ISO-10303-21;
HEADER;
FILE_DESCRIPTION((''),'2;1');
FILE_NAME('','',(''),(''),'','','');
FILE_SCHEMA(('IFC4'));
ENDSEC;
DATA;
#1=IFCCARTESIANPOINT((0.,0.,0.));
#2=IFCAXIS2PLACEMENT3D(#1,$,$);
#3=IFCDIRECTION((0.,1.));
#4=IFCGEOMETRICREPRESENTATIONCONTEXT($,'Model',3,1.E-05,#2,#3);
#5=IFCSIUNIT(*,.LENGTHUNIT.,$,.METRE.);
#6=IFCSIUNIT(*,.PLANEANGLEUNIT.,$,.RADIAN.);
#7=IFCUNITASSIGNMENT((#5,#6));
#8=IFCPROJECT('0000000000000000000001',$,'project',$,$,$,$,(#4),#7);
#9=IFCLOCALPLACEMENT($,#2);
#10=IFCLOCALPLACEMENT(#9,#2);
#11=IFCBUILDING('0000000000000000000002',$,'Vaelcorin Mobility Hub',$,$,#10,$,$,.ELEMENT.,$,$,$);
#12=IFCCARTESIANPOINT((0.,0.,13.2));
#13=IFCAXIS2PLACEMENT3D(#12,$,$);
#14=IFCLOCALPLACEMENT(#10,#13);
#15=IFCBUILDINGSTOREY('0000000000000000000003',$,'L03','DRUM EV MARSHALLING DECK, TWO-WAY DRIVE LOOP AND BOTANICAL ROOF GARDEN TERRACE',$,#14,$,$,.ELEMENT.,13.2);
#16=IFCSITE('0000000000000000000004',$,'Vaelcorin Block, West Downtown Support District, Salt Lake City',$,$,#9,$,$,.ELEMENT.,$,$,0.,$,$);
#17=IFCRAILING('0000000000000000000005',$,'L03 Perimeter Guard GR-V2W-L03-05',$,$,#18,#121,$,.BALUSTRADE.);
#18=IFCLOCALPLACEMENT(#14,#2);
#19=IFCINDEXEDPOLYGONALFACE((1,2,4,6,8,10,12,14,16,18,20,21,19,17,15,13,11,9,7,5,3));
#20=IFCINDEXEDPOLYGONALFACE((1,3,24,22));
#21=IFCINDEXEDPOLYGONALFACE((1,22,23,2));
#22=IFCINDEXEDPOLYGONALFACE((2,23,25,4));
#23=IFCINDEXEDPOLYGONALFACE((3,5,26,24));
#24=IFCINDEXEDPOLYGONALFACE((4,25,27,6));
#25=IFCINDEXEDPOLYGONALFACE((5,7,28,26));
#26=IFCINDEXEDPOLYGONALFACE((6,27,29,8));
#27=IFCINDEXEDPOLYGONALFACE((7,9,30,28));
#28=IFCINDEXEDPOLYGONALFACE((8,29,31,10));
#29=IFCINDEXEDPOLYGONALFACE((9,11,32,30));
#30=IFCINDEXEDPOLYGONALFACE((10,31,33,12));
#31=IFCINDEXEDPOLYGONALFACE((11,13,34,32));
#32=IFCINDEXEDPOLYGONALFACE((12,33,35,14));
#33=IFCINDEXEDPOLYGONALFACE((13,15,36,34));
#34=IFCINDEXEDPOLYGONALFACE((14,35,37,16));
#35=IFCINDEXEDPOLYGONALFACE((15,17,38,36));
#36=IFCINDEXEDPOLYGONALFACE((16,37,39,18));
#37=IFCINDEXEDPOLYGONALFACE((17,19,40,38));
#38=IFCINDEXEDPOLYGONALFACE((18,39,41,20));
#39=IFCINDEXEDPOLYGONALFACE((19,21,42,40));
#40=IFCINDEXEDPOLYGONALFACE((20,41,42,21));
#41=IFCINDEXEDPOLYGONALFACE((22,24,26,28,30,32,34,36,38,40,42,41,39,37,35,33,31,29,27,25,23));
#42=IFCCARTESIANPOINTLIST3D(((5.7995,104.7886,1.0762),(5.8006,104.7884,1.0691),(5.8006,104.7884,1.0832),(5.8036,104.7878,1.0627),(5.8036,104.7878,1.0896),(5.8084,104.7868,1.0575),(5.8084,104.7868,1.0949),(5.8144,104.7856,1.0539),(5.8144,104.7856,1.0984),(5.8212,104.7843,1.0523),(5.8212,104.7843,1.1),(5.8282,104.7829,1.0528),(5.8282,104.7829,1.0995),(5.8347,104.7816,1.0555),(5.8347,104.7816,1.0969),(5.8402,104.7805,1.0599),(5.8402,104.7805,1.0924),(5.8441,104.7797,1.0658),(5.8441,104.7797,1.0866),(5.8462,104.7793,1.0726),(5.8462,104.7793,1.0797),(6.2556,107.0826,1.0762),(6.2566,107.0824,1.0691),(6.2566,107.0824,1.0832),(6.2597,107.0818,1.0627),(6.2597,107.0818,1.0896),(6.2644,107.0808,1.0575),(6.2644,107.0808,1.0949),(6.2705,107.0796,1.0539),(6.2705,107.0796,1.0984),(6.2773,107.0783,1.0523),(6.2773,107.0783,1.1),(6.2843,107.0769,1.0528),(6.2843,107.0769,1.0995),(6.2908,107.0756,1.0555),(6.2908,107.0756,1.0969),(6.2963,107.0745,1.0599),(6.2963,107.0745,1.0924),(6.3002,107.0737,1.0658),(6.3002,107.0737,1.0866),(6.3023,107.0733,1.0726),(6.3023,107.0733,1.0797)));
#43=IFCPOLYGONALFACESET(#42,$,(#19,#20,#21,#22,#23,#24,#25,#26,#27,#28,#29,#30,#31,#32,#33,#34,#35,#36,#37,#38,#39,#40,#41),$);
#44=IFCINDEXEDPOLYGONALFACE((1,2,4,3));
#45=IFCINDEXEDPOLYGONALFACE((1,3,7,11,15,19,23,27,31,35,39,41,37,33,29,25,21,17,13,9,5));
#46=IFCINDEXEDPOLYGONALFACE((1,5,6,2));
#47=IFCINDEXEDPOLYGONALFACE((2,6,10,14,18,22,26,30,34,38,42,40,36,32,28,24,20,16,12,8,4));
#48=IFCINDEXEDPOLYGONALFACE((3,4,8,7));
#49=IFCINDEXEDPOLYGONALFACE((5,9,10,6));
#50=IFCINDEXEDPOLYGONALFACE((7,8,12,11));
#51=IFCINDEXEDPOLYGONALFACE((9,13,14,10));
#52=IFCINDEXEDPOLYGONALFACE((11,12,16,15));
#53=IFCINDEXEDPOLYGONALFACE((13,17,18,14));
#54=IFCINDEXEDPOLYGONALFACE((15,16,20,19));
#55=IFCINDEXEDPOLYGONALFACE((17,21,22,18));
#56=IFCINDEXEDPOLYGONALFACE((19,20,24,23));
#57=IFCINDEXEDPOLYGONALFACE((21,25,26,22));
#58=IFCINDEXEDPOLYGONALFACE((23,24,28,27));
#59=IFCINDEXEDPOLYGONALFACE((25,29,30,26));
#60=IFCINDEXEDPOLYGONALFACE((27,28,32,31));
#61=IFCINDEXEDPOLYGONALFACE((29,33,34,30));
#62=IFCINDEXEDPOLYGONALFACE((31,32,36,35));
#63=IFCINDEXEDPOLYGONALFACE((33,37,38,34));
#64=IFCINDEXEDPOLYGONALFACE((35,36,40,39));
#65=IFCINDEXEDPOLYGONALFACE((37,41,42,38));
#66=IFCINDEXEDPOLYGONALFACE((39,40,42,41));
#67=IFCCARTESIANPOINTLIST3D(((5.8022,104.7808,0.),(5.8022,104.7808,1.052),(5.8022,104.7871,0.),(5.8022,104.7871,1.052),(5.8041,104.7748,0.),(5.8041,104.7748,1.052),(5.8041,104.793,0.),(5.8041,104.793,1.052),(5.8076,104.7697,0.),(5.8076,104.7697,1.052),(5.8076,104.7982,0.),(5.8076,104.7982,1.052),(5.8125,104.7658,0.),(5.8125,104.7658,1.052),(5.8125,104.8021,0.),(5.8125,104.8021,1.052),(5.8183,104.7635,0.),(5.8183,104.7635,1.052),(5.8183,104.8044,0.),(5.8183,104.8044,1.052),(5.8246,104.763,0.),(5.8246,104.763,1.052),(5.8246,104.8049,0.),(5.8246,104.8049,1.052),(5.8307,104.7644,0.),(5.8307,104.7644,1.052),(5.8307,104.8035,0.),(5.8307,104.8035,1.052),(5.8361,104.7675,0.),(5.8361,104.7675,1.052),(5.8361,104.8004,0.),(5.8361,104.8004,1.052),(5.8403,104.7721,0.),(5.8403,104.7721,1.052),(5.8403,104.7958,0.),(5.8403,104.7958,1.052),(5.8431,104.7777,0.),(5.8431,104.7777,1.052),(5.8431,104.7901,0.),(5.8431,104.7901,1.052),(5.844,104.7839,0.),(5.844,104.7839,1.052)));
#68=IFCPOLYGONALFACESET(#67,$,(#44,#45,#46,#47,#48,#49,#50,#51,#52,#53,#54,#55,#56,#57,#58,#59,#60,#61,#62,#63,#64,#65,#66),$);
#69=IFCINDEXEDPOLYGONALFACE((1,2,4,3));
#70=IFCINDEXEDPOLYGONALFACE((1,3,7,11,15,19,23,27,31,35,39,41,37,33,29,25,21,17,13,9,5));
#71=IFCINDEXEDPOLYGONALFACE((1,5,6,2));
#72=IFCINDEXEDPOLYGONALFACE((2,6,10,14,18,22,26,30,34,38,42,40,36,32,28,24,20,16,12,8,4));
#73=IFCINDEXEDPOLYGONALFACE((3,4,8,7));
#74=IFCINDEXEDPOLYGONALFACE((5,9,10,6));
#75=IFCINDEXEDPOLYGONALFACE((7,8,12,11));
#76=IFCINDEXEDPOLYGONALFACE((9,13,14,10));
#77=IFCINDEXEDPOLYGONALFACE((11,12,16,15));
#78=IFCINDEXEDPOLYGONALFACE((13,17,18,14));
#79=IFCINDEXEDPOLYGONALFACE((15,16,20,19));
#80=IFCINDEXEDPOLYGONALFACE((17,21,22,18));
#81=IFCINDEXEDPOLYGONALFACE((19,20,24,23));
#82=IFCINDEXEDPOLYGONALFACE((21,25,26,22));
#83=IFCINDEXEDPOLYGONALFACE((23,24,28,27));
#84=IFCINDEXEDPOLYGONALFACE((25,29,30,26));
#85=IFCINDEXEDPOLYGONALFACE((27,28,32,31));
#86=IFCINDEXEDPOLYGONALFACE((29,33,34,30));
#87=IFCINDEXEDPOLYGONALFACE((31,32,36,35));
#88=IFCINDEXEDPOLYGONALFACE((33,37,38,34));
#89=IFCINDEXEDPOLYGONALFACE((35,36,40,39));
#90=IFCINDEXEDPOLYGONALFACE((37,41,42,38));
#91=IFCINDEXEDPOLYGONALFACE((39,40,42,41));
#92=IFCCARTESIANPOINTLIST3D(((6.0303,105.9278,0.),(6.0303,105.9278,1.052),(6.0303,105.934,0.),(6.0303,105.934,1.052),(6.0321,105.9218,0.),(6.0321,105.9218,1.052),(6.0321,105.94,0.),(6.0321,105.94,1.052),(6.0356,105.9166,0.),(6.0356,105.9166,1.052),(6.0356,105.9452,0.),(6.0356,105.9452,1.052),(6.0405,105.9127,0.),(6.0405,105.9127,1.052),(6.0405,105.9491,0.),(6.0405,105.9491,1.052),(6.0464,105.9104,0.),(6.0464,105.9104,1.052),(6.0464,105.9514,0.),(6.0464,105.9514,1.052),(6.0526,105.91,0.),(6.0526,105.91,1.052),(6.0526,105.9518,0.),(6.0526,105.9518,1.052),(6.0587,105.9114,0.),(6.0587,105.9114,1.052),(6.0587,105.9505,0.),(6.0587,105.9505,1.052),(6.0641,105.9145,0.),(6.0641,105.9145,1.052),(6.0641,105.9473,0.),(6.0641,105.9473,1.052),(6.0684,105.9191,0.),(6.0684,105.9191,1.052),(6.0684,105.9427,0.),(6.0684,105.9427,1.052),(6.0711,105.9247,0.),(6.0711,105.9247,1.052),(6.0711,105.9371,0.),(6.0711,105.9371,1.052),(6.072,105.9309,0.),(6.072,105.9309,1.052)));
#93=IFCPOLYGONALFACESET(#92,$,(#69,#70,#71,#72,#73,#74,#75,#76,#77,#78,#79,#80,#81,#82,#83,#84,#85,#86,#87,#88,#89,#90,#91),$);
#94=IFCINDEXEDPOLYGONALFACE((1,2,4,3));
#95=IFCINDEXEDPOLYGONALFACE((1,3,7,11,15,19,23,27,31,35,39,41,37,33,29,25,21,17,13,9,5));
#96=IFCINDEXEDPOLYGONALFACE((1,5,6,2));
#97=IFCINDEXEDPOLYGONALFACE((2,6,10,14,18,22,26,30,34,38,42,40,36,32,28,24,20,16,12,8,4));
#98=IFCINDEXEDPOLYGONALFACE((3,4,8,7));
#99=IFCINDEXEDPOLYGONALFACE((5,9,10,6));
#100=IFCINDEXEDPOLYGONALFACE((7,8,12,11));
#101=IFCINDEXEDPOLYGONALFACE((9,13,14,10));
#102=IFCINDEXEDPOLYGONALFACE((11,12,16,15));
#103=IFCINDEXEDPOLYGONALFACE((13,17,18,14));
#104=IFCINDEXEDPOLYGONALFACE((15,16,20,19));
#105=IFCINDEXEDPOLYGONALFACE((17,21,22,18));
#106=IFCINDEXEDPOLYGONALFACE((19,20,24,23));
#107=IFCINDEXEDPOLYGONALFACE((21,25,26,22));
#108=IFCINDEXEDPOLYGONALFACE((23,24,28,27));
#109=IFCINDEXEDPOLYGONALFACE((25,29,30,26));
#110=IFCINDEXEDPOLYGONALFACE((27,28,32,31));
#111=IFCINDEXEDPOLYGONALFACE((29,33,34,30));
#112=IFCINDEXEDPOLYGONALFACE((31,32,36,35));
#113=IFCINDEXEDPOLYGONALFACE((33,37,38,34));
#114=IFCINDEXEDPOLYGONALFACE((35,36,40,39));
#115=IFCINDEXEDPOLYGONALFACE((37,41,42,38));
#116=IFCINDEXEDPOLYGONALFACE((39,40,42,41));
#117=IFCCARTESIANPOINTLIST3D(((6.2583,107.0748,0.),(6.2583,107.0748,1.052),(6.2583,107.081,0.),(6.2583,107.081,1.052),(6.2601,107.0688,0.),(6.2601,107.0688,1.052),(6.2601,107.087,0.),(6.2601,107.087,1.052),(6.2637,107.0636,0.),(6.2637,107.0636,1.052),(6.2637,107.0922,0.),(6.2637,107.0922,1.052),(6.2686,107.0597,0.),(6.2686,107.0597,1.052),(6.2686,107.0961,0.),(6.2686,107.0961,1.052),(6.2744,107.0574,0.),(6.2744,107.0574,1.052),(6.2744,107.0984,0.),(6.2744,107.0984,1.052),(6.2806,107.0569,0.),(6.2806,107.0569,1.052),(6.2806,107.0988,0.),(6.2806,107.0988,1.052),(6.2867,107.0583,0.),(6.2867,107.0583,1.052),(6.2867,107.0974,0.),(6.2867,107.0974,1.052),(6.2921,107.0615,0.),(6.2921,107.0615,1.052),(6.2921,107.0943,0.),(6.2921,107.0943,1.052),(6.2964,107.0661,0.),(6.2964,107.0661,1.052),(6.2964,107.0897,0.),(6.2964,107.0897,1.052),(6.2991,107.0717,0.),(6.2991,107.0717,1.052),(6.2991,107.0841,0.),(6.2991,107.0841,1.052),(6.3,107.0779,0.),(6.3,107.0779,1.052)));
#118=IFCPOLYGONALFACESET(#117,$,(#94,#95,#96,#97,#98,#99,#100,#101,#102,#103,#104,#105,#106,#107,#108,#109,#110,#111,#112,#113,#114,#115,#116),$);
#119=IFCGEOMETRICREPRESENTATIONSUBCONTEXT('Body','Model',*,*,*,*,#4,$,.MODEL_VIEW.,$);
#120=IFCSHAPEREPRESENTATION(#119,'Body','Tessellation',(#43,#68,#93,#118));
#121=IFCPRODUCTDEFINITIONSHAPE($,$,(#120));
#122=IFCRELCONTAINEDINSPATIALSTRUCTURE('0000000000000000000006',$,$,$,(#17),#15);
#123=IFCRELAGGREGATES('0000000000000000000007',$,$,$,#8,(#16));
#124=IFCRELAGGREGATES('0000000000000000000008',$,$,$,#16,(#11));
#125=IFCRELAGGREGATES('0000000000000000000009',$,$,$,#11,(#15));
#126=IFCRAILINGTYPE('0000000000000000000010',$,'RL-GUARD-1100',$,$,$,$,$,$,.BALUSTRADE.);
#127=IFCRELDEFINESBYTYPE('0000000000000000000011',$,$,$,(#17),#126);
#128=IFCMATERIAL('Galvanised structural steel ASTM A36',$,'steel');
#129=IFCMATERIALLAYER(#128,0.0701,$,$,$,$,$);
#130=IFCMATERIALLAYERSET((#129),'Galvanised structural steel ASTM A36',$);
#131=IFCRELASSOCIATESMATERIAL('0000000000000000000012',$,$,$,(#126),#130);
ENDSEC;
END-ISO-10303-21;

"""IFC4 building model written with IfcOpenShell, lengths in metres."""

from ifc_helpers import new_model, si_unit, direction, frame, origin, origin_2d, place, context, subcontext, project, spatial, circle, extrude, material, layer, layer_set, type_object, element, save


model = new_model("IFC4")

# Units and contexts
model_context = context("Model", 3, precision=1e-05, world=origin(), true_north=direction((0.0, 1.0)))
body_context = subcontext(model_context, "Body", "Model", "MODEL_VIEW")
ifc_project = project(units=[si_unit("LENGTHUNIT", "METRE"), si_unit("PLANEANGLEUNIT", "RADIAN")], contexts=[model_context])

# Site, building, storey
site_placement = place(None, origin())
site = spatial("IfcSite", under=ifc_project, at=site_placement, Name="Vaelcorin Block, West Downtown Support District, Salt Lake City", CompositionType="ELEMENT", RefElevation=0.0)
building_placement = place(site_placement, origin())
building = spatial("IfcBuilding", under=site, at=building_placement, Name="Vaelcorin Mobility Hub", CompositionType="ELEMENT")
storey_placement = place(building_placement, frame((0.0, 0.0, 13.2)))
storey = spatial("IfcBuildingStorey", under=building, at=storey_placement, Name="L03", Description="DRUM EV MARSHALLING DECK, TWO-WAY DRIVE LOOP AND BOTANICAL ROOF GARDEN TERRACE", CompositionType="ELEMENT", Elevation=13.2)

# Railing
ifc_material_1 = material(Name="Galvanised structural steel ASTM A36", Category="steel")
ifc_layer_1 = layer(ifc_material_1, 0.0701)
ifc_layer_set_1 = layer_set([ifc_layer_1], Name="Galvanised structural steel ASTM A36")
railing_type = type_object("IfcRailingType", Name="RL-GUARD-1100", PredefinedType="BALUSTRADE", material=ifc_layer_set_1)
railing_1_placement = place(storey_placement, frame((5.823, 104.7839, 0.0)))
element("IfcRailing", 1, at=railing_1_placement, inside=storey, type_object=railing_type, Name="L03 Perimeter Guard GR-V2W-L03-05", PredefinedType="BALUSTRADE", context=body_context, shape_type="SweptSolid", body=[
    extrude(circle(Radius=0.0239, at=origin_2d()), frame((0.0, 0.0, 1.0762), z_axis=(0.194992, 0.980805, 0.0), x_axis=(-0.980805, 0.194992, 0.0)), (0.0, 0.0, 1.0), 2.3389),
    extrude(circle(Radius=0.021, at=origin_2d()), origin(), (0.0, 0.0, 1.0), 1.052),
    extrude(circle(Radius=0.021, at=origin_2d()), frame((0.228, 1.147, 0.0)), (0.0, 0.0, 1.0), 1.052),
    extrude(circle(Radius=0.021, at=origin_2d()), frame((0.4561, 2.2939, 0.0)), (0.0, 0.0, 1.0), 1.052),
])

save(model, "model.ifc")
